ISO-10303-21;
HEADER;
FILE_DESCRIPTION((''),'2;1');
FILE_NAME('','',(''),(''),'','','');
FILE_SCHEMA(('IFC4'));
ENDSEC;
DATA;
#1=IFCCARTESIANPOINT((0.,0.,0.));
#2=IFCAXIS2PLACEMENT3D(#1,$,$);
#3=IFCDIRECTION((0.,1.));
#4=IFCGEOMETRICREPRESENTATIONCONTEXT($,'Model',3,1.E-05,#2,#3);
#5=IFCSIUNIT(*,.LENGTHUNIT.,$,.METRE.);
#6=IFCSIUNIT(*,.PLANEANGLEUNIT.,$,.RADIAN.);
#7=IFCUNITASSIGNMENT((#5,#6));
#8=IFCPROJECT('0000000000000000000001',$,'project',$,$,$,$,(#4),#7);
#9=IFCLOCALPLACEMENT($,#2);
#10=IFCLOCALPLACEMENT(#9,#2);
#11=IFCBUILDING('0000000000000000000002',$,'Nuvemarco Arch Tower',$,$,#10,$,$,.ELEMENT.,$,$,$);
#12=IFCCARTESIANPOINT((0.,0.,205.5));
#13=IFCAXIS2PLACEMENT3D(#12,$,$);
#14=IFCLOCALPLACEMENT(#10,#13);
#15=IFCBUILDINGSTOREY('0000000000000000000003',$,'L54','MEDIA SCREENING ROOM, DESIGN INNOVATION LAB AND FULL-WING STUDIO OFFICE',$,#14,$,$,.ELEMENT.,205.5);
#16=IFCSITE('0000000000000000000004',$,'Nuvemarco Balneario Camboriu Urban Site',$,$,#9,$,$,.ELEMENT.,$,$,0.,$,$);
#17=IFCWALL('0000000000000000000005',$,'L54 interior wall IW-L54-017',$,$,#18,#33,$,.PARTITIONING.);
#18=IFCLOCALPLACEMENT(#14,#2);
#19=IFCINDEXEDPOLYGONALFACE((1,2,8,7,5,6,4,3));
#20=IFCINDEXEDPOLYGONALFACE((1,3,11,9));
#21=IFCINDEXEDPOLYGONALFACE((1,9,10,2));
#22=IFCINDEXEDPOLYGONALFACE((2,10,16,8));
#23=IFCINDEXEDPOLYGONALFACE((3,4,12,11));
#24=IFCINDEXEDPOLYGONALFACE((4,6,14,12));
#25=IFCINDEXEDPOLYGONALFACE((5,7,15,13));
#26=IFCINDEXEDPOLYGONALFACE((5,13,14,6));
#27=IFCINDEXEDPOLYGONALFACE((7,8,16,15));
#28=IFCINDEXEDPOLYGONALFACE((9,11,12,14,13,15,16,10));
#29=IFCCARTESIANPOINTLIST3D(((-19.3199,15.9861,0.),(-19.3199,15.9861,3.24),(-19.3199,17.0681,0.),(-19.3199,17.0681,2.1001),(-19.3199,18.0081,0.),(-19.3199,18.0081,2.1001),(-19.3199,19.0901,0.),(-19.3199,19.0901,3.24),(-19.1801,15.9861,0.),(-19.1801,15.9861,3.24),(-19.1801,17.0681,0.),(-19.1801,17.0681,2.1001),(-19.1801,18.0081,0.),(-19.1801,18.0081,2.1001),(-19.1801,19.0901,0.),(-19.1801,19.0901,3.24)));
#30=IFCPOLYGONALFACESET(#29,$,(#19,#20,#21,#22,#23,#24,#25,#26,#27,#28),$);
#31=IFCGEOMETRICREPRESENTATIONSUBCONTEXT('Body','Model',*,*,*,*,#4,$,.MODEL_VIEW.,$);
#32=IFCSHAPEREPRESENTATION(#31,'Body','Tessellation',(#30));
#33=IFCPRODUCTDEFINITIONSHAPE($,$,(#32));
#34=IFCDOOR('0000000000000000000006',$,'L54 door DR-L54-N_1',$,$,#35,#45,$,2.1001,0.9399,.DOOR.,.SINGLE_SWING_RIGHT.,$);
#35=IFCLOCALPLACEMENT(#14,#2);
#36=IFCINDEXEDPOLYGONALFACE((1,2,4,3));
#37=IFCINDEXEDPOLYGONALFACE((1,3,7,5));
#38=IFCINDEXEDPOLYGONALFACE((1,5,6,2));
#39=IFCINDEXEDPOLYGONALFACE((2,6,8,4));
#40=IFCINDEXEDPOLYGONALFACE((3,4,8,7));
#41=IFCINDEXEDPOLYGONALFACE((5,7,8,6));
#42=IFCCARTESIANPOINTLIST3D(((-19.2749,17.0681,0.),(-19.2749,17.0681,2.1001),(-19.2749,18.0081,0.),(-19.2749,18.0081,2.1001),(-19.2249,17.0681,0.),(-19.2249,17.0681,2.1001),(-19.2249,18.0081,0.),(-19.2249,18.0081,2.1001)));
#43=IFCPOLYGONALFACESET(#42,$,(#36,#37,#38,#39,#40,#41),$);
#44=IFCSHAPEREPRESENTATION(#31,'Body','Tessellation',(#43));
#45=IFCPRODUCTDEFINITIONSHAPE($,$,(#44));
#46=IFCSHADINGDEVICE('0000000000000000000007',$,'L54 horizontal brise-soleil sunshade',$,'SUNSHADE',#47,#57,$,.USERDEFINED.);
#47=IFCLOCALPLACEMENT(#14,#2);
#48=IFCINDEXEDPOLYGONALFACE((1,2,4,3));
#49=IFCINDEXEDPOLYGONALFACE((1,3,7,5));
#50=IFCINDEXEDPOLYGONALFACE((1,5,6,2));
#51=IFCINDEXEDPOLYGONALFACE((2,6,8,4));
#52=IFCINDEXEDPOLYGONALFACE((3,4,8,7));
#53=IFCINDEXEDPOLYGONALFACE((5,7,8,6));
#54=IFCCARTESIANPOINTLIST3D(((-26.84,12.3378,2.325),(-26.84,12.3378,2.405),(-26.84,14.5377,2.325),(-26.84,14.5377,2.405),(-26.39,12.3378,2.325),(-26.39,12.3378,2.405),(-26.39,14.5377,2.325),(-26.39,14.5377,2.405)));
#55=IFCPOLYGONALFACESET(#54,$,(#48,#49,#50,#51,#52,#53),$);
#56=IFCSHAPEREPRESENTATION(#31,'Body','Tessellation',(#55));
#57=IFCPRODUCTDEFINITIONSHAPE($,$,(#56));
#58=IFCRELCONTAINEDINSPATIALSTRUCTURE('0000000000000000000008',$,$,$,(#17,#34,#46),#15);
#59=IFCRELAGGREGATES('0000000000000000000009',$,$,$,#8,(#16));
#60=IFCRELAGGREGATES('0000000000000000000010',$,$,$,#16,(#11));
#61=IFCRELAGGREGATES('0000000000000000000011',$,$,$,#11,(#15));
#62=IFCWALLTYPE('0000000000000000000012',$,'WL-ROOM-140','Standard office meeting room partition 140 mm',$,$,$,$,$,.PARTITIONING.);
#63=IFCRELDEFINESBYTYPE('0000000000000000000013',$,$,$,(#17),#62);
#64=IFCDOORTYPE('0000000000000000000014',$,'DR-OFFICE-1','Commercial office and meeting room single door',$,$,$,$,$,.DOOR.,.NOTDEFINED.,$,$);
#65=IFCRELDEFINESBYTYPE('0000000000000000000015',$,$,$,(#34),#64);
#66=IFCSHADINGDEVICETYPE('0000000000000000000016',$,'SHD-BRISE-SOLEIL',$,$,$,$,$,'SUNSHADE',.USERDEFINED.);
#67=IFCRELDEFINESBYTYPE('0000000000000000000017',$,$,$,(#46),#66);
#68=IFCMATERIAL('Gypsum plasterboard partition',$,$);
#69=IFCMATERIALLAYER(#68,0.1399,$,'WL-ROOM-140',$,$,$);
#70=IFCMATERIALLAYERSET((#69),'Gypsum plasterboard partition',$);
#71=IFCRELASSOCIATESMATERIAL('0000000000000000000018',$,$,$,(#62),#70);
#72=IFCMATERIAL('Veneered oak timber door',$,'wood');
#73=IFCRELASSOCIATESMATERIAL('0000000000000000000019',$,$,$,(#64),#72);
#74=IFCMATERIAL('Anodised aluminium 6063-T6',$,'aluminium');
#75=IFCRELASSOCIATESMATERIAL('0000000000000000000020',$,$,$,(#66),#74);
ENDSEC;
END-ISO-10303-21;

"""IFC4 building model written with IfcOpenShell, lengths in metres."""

from ifc_helpers import new_model, si_unit, direction, frame, frame_2d, origin, origin_2d, place, context, subcontext, project, spatial, rectangle, extrude, source, transform, mapped, material, layer, layer_set, type_object, type_shapes, element, fill, save


model = new_model("IFC4")

# Units and contexts
model_context = context("Model", 3, precision=1e-05, world=origin(), true_north=direction((0.0, 1.0)))
body_context = subcontext(model_context, "Body", "Model", "MODEL_VIEW")
ifc_project = project(units=[si_unit("LENGTHUNIT", "METRE"), si_unit("PLANEANGLEUNIT", "RADIAN")], contexts=[model_context])

# Site, building, storey
site_placement = place(None, origin())
site = spatial("IfcSite", under=ifc_project, at=site_placement, Name="Nuvemarco Balneario Camboriu Urban Site", CompositionType="ELEMENT", RefElevation=0.0)
building_placement = place(site_placement, origin())
building = spatial("IfcBuilding", under=site, at=building_placement, Name="Nuvemarco Arch Tower", CompositionType="ELEMENT")
storey_placement = place(building_placement, frame((0.0, 0.0, 205.5)))
storey = spatial("IfcBuildingStorey", under=building, at=storey_placement, Name="L54", Description="MEDIA SCREENING ROOM, DESIGN INNOVATION LAB AND FULL-WING STUDIO OFFICE", CompositionType="ELEMENT", Elevation=205.5)

# Wall, opening, door
ifc_material_1 = material(Name="Gypsum plasterboard partition")
ifc_layer_1 = layer(ifc_material_1, 0.1399, Name="WL-ROOM-140")
ifc_layer_set_1 = layer_set([ifc_layer_1], Name="Gypsum plasterboard partition")
wall_type_1 = type_object("IfcWallType", Name="WL-ROOM-140", Description="Standard office meeting room partition 140 mm", PredefinedType="PARTITIONING", material=ifc_layer_set_1)
wall_1_placement = place(storey_placement, frame((-19.25, 15.9861, 0.0), z_axis=(0.0, 0.0, 1.0), x_axis=(0.0, 1.0, 0.0)))
wall_1 = element("IfcWall", 1, at=wall_1_placement, inside=storey, type_object=wall_type_1, Name="L54 interior wall IW-L54-017", PredefinedType="PARTITIONING", context=body_context, shape_type="SweptSolid", body=[
    extrude(rectangle(XDim=3.104, YDim=0.1399, at=frame_2d((1.552, 0.0))), origin(), (0.0, 0.0, 1.0), 3.24),
])
opening_1_placement = place(wall_1_placement, frame((1.082, 0.0, 0.0)))
opening_1 = element("IfcOpeningElement", 2, at=opening_1_placement, cuts=wall_1, PredefinedType="OPENING", context=body_context, shape_type="SweptSolid", body=[
    extrude(rectangle(XDim=0.9399, YDim=2.1001, at=frame_2d((0.47, 1.05))), frame((0.0, 0.0798, 0.0), z_axis=(0.0, -1.0, 0.0), x_axis=(1.0, 0.0, 0.0)), (0.0, 0.0, 1.0), 0.1599),
])
ifc_material_2 = material(Name="Veneered oak timber door", Category="wood")
door_type_1 = type_object("IfcDoorType", Name="DR-OFFICE-1", Description="Commercial office and meeting room single door", OperationType="NOTDEFINED", PredefinedType="DOOR", material=ifc_material_2)
shared_shape_1 = source(origin(), body_context, "Body", "SweptSolid", [
    extrude(rectangle(XDim=0.9399, YDim=2.1001, at=frame_2d((0.47, 1.05))), frame((0.0, 0.0249, 0.0), z_axis=(0.0, -1.0, 0.0), x_axis=(1.0, 0.0, 0.0)), (0.0, 0.0, 1.0), 0.05),
])
type_shapes(door_type_1, [shared_shape_1])
door_1_placement = place(opening_1_placement, origin())
door_1 = element("IfcDoor", 3, at=door_1_placement, inside=storey, type_object=door_type_1, Name="L54 door DR-L54-N_1", OperationType="SINGLE_SWING_RIGHT", OverallHeight=2.1001, OverallWidth=0.9399, PredefinedType="DOOR", context=body_context, shape_type="MappedRepresentation", body=[
    mapped(shared_shape_1, transform((0.0, 0.0, 0.0), scale=1.0)),
])
fill(opening_1, door_1)

# Shading device
ifc_material_3 = material(Name="Anodised aluminium 6063-T6", Category="aluminium")
shading_device_type = type_object("IfcShadingDeviceType", Name="SHD-BRISE-SOLEIL", ElementType="SUNSHADE", PredefinedType="USERDEFINED", material=ifc_material_3)
shared_shape_2 = source(origin(), body_context, "Body", "SweptSolid", [
    extrude(rectangle(XDim=2.2, YDim=0.45, at=origin_2d()), origin(), (0.0, 0.0, 1.0), 0.0801),
])
type_shapes(shading_device_type, [shared_shape_2])
shading_device_placement = place(storey_placement, frame((-26.615, 13.4377, 2.325), z_axis=(0.0, 0.0, 1.0), x_axis=(0.0, 1.0, 0.0)))
element("IfcShadingDevice", 4, at=shading_device_placement, inside=storey, type_object=shading_device_type, Name="L54 horizontal brise-soleil sunshade", ObjectType="SUNSHADE", PredefinedType="USERDEFINED", context=body_context, shape_type="MappedRepresentation", body=[
    mapped(shared_shape_2, transform((0.0, 0.0, 0.0), scale=1.0)),
])

save(model, "model.ifc")
